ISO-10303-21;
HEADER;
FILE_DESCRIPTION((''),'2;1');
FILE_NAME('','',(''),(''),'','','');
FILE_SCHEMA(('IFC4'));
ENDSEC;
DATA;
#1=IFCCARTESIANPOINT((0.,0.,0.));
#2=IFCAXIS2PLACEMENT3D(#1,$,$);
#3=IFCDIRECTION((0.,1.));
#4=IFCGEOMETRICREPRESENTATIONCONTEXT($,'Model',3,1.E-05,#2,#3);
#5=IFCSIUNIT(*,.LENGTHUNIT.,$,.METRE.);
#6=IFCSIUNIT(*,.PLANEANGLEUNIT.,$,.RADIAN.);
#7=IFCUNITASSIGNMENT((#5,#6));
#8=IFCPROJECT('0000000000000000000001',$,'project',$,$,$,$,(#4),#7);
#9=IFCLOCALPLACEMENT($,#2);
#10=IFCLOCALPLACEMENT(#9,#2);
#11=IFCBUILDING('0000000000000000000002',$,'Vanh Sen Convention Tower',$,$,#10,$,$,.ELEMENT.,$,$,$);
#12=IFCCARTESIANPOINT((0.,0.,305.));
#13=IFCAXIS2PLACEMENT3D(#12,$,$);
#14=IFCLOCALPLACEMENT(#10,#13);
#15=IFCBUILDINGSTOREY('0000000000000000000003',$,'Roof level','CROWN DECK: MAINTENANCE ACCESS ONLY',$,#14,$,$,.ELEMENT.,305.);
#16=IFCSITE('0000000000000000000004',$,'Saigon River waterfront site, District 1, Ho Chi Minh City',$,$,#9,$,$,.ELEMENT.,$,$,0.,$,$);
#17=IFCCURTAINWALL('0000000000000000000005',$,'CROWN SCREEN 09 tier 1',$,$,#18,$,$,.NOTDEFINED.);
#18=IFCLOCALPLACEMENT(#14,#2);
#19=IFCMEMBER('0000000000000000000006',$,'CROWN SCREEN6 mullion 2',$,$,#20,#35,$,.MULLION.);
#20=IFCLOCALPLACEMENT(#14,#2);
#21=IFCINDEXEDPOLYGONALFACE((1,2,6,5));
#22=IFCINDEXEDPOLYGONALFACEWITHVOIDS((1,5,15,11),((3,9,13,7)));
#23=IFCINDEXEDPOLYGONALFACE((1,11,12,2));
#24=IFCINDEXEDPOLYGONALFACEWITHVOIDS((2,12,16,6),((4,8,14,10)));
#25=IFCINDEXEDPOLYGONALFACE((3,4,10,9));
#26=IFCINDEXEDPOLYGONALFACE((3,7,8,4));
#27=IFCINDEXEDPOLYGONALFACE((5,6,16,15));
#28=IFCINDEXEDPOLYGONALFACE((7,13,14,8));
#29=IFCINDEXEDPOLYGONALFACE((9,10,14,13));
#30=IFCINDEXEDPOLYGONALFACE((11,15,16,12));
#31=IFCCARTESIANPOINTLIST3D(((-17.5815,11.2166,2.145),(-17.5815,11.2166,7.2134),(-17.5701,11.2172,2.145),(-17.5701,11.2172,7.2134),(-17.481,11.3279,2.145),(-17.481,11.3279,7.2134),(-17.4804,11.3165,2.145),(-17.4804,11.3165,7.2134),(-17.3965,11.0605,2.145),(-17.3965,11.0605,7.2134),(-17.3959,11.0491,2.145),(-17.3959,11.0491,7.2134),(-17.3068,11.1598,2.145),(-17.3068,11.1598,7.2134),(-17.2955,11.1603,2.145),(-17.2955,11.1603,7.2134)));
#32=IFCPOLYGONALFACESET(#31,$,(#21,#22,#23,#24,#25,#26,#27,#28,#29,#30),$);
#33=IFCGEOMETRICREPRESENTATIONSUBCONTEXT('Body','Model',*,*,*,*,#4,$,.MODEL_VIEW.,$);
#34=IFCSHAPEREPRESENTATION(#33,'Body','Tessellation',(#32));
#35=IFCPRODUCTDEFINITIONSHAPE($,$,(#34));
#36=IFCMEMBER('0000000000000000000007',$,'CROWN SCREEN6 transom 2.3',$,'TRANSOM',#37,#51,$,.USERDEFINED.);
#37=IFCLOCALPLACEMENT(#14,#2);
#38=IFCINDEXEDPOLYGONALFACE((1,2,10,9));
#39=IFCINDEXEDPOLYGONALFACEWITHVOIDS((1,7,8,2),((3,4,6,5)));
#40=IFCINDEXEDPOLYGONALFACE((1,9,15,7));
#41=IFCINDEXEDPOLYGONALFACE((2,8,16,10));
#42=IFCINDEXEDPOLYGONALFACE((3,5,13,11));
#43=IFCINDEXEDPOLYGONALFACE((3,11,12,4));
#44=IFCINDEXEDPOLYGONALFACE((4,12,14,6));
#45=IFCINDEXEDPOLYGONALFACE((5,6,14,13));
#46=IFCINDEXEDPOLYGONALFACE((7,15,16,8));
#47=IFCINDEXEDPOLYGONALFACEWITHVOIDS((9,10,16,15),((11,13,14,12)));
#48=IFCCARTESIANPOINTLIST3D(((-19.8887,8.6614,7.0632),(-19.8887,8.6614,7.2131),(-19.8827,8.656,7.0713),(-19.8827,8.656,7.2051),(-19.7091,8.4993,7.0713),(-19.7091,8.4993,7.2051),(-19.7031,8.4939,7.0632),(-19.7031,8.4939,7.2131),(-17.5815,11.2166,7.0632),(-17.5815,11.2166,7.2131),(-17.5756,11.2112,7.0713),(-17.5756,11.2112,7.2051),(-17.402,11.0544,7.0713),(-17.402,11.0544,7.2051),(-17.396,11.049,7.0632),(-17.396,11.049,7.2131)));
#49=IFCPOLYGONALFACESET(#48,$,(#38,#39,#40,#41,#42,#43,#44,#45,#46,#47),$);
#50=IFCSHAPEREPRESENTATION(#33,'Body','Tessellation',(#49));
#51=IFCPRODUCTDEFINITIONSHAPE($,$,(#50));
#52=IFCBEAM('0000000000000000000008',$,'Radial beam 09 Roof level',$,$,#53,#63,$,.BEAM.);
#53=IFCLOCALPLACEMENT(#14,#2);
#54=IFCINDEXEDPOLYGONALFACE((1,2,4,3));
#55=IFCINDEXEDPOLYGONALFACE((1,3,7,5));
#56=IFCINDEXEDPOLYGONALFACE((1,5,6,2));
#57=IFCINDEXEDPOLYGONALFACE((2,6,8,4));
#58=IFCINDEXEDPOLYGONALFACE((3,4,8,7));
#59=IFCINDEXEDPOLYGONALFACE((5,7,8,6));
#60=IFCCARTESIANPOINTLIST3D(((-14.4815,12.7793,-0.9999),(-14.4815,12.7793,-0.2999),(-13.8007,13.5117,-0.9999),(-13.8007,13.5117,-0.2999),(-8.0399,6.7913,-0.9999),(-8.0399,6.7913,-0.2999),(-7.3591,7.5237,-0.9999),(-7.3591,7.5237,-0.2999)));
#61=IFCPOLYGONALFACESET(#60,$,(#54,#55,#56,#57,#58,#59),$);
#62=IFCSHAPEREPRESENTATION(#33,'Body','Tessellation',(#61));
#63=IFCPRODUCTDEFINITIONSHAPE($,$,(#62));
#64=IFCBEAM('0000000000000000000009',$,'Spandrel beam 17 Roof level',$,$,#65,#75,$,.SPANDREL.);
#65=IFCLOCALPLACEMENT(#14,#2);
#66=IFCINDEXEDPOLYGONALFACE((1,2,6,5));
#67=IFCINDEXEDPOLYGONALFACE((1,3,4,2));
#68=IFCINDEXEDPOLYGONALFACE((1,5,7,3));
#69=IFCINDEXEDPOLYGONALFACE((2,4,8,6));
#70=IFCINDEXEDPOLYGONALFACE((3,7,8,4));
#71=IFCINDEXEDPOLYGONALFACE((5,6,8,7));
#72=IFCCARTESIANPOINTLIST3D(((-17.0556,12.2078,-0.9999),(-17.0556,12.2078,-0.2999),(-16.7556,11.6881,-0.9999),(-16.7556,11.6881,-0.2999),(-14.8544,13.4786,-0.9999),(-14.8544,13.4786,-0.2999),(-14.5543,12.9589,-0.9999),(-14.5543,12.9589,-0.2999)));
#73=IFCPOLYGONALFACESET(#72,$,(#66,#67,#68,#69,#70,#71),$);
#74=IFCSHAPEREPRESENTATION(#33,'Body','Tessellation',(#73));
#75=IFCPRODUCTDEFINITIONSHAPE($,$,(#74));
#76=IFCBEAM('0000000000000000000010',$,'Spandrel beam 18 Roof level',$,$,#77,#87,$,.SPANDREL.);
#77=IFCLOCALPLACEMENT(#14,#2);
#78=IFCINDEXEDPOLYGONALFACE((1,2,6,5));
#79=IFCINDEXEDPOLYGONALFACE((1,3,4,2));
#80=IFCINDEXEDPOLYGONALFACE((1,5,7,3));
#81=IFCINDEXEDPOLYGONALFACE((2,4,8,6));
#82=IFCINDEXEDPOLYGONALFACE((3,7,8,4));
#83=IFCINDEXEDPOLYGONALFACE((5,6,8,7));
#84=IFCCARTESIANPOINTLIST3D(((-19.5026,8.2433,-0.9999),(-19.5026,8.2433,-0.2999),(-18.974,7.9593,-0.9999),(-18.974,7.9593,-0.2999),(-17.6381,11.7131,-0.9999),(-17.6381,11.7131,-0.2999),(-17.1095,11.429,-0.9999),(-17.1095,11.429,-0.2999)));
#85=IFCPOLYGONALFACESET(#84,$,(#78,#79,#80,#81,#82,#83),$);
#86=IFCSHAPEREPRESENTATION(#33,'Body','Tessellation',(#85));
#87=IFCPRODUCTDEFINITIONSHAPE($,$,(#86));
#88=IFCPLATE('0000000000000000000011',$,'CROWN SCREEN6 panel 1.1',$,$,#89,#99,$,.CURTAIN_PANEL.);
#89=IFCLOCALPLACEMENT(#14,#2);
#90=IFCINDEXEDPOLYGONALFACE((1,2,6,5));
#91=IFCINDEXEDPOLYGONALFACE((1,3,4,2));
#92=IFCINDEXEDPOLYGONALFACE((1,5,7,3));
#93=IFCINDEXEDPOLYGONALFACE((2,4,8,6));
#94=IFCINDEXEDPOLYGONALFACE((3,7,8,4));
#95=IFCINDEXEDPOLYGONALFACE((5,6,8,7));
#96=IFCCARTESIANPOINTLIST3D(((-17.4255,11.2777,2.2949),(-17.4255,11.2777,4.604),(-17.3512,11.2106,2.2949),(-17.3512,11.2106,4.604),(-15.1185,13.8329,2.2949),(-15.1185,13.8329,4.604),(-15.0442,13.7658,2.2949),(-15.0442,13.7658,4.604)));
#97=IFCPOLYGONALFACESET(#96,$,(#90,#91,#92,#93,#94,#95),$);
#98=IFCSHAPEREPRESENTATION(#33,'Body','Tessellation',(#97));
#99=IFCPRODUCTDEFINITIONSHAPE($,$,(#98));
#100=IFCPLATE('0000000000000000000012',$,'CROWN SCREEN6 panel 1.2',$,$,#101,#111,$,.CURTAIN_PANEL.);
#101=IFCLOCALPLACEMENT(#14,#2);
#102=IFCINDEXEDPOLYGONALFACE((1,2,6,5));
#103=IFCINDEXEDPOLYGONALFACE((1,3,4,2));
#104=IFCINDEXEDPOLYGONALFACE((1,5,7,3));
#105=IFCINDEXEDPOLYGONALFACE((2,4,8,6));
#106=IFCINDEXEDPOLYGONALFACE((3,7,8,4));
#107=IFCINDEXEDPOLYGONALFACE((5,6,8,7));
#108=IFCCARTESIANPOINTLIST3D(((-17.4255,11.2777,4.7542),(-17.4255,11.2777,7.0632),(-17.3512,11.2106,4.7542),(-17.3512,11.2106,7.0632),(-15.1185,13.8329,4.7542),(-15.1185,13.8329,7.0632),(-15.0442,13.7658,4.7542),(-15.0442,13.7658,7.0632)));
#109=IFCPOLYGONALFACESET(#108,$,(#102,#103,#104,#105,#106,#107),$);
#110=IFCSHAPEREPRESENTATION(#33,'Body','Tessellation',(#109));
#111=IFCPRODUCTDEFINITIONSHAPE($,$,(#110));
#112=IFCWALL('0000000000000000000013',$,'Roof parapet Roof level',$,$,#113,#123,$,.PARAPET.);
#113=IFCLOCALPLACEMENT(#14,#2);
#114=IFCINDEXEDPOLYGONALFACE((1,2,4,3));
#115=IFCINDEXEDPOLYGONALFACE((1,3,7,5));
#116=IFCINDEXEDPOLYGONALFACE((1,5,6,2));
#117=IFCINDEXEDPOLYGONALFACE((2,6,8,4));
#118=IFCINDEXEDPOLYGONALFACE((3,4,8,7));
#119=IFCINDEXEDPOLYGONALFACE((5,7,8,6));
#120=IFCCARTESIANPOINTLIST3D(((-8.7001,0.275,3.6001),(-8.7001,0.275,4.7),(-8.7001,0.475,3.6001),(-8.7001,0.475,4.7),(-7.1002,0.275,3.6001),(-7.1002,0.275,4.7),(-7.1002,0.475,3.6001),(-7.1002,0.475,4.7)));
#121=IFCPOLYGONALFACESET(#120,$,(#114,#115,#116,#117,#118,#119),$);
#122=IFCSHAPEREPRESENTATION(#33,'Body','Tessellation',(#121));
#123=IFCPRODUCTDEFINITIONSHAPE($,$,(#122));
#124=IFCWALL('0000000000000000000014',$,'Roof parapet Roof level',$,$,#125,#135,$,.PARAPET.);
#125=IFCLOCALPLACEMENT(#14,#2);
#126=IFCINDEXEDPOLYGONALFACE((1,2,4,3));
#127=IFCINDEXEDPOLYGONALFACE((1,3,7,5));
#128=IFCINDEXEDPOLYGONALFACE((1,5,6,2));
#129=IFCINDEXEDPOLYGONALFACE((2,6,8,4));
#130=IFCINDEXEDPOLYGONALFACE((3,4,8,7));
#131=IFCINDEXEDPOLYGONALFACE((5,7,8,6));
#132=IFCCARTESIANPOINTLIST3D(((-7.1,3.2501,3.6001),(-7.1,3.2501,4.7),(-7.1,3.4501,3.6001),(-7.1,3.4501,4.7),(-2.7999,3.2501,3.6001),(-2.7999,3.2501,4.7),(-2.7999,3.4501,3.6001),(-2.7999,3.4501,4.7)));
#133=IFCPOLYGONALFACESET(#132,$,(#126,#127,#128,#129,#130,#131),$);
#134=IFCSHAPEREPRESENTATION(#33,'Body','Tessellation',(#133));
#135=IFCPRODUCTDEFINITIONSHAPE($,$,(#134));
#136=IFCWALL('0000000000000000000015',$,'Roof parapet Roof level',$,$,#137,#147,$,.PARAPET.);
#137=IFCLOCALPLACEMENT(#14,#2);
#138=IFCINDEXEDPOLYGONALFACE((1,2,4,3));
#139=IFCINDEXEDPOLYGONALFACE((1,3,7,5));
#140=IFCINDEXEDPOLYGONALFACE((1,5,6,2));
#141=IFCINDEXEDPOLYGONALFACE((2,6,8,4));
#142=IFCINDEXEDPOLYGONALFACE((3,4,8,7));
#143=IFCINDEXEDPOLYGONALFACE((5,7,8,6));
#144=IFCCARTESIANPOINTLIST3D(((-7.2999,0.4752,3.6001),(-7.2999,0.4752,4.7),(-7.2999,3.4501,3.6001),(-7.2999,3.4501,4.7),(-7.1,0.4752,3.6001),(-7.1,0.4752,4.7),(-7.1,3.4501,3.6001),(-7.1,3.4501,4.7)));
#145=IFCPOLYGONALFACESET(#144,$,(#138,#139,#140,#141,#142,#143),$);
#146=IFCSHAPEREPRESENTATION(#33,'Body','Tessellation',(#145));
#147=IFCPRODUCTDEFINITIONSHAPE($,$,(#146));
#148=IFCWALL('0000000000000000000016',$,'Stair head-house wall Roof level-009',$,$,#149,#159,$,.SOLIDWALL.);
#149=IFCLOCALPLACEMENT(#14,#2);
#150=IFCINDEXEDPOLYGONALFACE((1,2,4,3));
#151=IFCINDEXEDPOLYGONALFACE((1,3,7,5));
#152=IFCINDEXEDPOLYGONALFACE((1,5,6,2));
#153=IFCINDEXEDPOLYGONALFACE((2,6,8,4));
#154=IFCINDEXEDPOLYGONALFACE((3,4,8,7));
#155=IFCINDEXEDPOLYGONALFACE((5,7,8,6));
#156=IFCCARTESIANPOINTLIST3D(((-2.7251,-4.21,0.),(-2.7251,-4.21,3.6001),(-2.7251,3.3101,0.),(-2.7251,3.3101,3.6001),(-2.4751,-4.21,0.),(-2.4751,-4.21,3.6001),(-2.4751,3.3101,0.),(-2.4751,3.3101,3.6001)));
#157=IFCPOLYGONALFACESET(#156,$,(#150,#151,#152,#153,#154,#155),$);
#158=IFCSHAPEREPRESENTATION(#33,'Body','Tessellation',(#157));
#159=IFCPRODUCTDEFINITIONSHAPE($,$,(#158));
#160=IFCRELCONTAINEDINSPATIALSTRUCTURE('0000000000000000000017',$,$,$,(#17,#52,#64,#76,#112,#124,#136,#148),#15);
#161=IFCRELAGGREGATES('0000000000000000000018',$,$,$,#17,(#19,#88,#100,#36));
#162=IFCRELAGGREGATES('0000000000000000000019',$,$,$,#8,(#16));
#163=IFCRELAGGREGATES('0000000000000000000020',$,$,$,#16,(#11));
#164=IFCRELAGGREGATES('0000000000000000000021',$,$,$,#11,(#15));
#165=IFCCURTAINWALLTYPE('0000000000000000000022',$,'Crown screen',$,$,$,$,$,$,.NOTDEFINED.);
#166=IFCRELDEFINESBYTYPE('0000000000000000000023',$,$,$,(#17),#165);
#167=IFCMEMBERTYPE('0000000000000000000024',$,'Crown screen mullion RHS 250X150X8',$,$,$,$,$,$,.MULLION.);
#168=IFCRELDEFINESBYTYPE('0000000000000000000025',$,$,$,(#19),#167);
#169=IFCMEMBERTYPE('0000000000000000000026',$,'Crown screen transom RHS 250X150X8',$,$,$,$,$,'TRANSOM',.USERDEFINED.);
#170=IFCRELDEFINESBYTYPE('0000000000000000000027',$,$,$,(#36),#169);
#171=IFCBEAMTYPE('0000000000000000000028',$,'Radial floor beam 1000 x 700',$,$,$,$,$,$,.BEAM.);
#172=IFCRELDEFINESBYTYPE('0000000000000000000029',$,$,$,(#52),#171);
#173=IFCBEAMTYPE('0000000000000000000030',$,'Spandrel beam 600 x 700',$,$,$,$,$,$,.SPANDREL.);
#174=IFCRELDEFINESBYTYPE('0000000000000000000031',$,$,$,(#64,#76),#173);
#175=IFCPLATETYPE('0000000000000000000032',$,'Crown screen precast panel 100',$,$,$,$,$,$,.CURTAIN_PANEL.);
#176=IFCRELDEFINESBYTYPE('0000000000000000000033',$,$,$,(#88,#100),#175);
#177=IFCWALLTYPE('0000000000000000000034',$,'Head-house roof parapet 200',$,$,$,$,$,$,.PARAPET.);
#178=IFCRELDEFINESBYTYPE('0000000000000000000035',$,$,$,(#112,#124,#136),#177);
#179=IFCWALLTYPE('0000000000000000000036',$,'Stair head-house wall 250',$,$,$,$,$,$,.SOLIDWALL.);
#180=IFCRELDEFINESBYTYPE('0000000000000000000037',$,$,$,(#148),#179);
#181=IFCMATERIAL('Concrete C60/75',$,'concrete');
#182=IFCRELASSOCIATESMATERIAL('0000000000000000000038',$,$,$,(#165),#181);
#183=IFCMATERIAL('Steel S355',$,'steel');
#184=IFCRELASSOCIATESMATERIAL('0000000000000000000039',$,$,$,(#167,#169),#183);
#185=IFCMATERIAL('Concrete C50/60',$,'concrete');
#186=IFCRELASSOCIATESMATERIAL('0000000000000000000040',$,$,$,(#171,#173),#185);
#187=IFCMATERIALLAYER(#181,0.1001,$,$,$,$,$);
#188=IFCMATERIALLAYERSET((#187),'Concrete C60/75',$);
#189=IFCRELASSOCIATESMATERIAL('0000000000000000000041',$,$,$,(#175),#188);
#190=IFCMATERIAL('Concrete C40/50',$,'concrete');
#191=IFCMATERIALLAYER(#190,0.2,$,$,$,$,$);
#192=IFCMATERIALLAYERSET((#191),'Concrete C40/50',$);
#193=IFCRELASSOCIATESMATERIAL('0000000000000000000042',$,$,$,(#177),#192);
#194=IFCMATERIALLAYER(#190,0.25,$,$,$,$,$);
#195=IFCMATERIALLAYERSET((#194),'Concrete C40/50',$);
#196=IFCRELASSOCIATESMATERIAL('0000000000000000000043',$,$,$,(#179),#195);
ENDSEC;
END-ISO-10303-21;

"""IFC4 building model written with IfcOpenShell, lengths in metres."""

from ifc_helpers import new_model, si_unit, direction, frame, frame_2d, origin, origin_2d, place, context, subcontext, project, spatial, rectangle, hollow_rectangle, extrude, material, layer, layer_set, material_profile, profile_set, type_object, element, aggregate, save


model = new_model("IFC4")

# Units and contexts
model_context = context("Model", 3, precision=1e-05, world=origin(), true_north=direction((0.0, 1.0)))
body_context = subcontext(model_context, "Body", "Model", "MODEL_VIEW")
ifc_project = project(units=[si_unit("LENGTHUNIT", "METRE"), si_unit("PLANEANGLEUNIT", "RADIAN")], contexts=[model_context])

# Site, building, storey
site_placement = place(None, origin())
site = spatial("IfcSite", under=ifc_project, at=site_placement, Name="Saigon River waterfront site, District 1, Ho Chi Minh City", CompositionType="ELEMENT", RefElevation=0.0)
building_placement = place(site_placement, origin())
building = spatial("IfcBuilding", under=site, at=building_placement, Name="Vanh Sen Convention Tower", CompositionType="ELEMENT")
storey_placement = place(building_placement, frame((0.0, 0.0, 305.0)))
storey = spatial("IfcBuildingStorey", under=building, at=storey_placement, Name="Roof level", Description="CROWN DECK: MAINTENANCE ACCESS ONLY", CompositionType="ELEMENT", Elevation=305.0)

# Curtain wall, members
ifc_material_1 = material(Name="Concrete C60/75", Category="concrete")
curtain_wall_type = type_object("IfcCurtainWallType", Name="Crown screen", PredefinedType="NOTDEFINED", material=ifc_material_1)
curtain_wall_placement = place(storey_placement, origin())
curtain_wall = element("IfcCurtainWall", 1, at=curtain_wall_placement, inside=storey, type_object=curtain_wall_type, Name="CROWN SCREEN 09 tier 1", PredefinedType="NOTDEFINED")
ifc_material_2 = material(Name="Steel S355", Category="steel")
ifc_material_profile_1 = material_profile(ifc_material_2, hollow_rectangle(XDim=0.25, YDim=0.1499, WallThickness=0.0081, at=origin_2d()), Name="RHS 250X150X8")
ifc_profile_set_1 = profile_set([ifc_material_profile_1], Name="Steel S355")
member_type_1 = type_object("IfcMemberType", Name="Crown screen mullion RHS 250X150X8", PredefinedType="MULLION", material=ifc_profile_set_1)
member_1_placement = place(storey_placement, frame((-17.4385, 11.1885, 2.145), z_axis=(0.0, 0.0, 1.0), x_axis=(0.742232, -0.670143, 0.0)))
member_1 = element("IfcMember", 2, at=member_1_placement, type_object=member_type_1, Name="CROWN SCREEN6 mullion 2", PredefinedType="MULLION", context=body_context, shape_type="SweptSolid", body=[
    extrude(hollow_rectangle(XDim=0.25, YDim=0.1499, WallThickness=0.0081, at=origin_2d()), origin(), (0.0, 0.0, 1.0), 5.0684),
])
ifc_material_profile_2 = material_profile(ifc_material_2, hollow_rectangle(XDim=0.25, YDim=0.1499, WallThickness=0.0081, at=origin_2d()), Name="RHS 250X150X8")
ifc_profile_set_2 = profile_set([ifc_material_profile_2], Name="Steel S355")
member_type_2 = type_object("IfcMemberType", Name="Crown screen transom RHS 250X150X8", ElementType="TRANSOM", PredefinedType="USERDEFINED", material=ifc_profile_set_2)
member_2_placement = place(storey_placement, frame((-17.4888, 11.1328, 7.1382), z_axis=(-0.670163, -0.742214, 0.0), x_axis=(0.742214, -0.670163, 0.0)))
member_2 = element("IfcMember", 3, at=member_2_placement, type_object=member_type_2, Name="CROWN SCREEN6 transom 2.3", ObjectType="TRANSOM", PredefinedType="USERDEFINED", context=body_context, shape_type="SweptSolid", body=[
    extrude(hollow_rectangle(XDim=0.25, YDim=0.1499, WallThickness=0.0081, at=origin_2d()), origin(), (0.0, 0.0, 1.0), 3.4426),
])

# Beams
ifc_material_3 = material(Name="Concrete C50/60", Category="concrete")
ifc_material_profile_3 = material_profile(ifc_material_3, rectangle(XDim=1.0, YDim=0.7, at=origin_2d()), Name="RC 1000X700")
ifc_profile_set_3 = profile_set([ifc_material_profile_3], Name="Concrete C50/60")
beam_type_1 = type_object("IfcBeamType", Name="Radial floor beam 1000 x 700", PredefinedType="BEAM", material=ifc_profile_set_3)
beam_1_placement = place(storey_placement, frame((-14.1411, 13.1455, -0.6499), z_axis=(0.732425, -0.680848, 0.0), x_axis=(0.680848, 0.732425, 0.0)))
element("IfcBeam", 4, at=beam_1_placement, inside=storey, type_object=beam_type_1, Name="Radial beam 09 Roof level", PredefinedType="BEAM", context=body_context, shape_type="SweptSolid", body=[
    extrude(rectangle(XDim=1.0, YDim=0.7, at=origin_2d()), origin(), (0.0, 0.0, 1.0), 8.7949),
])
ifc_material_profile_4 = material_profile(ifc_material_3, rectangle(XDim=0.6001, YDim=0.7, at=origin_2d()), Name="RC 600X700")
ifc_profile_set_4 = profile_set([ifc_material_profile_4], Name="Concrete C50/60")
beam_type_2 = type_object("IfcBeamType", Name="Spandrel beam 600 x 700", PredefinedType="SPANDREL", material=ifc_profile_set_4)
beam_2_placement = place(storey_placement, frame((-14.7043, 13.2188, -0.6499), z_axis=(-0.866042, -0.499972, 0.0), x_axis=(0.499972, -0.866042, 0.0)))
element("IfcBeam", 5, at=beam_2_placement, inside=storey, type_object=beam_type_2, Name="Spandrel beam 17 Roof level", PredefinedType="SPANDREL", context=body_context, shape_type="SweptSolid", body=[
    extrude(rectangle(XDim=0.6001, YDim=0.7, at=origin_2d()), origin(), (0.0, 0.0, 1.0), 2.5417),
])
beam_3_placement = place(storey_placement, frame((-17.3738, 11.571, -0.6499), z_axis=(-0.473349, -0.880875, 0.0), x_axis=(0.880875, -0.473349, 0.0)))
element("IfcBeam", 6, at=beam_3_placement, inside=storey, type_object=beam_type_2, Name="Spandrel beam 18 Roof level", PredefinedType="SPANDREL", context=body_context, shape_type="SweptSolid", body=[
    extrude(rectangle(XDim=0.6001, YDim=0.7, at=origin_2d()), origin(), (0.0, 0.0, 1.0), 3.939),
])

# Plates
ifc_layer_1 = layer(ifc_material_1, 0.1001)
ifc_layer_set_1 = layer_set([ifc_layer_1], Name="Concrete C60/75")
plate_type = type_object("IfcPlateType", Name="Crown screen precast panel 100", PredefinedType="CURTAIN_PANEL", material=ifc_layer_set_1)
plate_1_placement = place(storey_placement, frame((-16.2349, 12.5217, 2.2949), z_axis=(0.0, 0.0, 1.0), x_axis=(-0.670143, -0.742232, 0.0)))
plate_1 = element("IfcPlate", 7, at=plate_1_placement, type_object=plate_type, Name="CROWN SCREEN6 panel 1.1", PredefinedType="CURTAIN_PANEL", context=body_context, shape_type="SweptSolid", body=[
    extrude(rectangle(XDim=3.4426, YDim=0.1001, at=origin_2d()), origin(), (0.0, 0.0, 1.0), 2.3091),
])
plate_2_placement = place(storey_placement, frame((-16.2349, 12.5217, 4.7542), z_axis=(0.0, 0.0, 1.0), x_axis=(-0.670143, -0.742232, 0.0)))
plate_2 = element("IfcPlate", 8, at=plate_2_placement, type_object=plate_type, Name="CROWN SCREEN6 panel 1.2", PredefinedType="CURTAIN_PANEL", context=body_context, shape_type="SweptSolid", body=[
    extrude(rectangle(XDim=3.4426, YDim=0.1001, at=origin_2d()), origin(), (0.0, 0.0, 1.0), 2.3091),
])
aggregate(curtain_wall, [member_1, plate_1, plate_2, member_2])

# Walls
ifc_material_4 = material(Name="Concrete C40/50", Category="concrete")
ifc_layer_2 = layer(ifc_material_4, 0.2)
ifc_layer_set_2 = layer_set([ifc_layer_2], Name="Concrete C40/50")
wall_type_1 = type_object("IfcWallType", Name="Head-house roof parapet 200", PredefinedType="PARAPET", material=ifc_layer_set_2)
wall_1_placement = place(storey_placement, frame((-8.7, 0.375, 3.6001), z_axis=(0.0, 0.0, 1.0), x_axis=(1.0, 0.0, 0.0)))
element("IfcWall", 9, at=wall_1_placement, inside=storey, type_object=wall_type_1, Name="Roof parapet Roof level", PredefinedType="PARAPET", context=body_context, shape_type="SweptSolid", body=[
    extrude(rectangle(XDim=1.5999, YDim=0.2, at=frame_2d((0.7998, 0.0))), origin(), (0.0, 0.0, 1.0), 1.0999),
])
wall_2_placement = place(storey_placement, frame((-2.8, 3.3501, 3.6001), z_axis=(0.0, 0.0, 1.0), x_axis=(-1.0, 0.0, 0.0)))
element("IfcWall", 10, at=wall_2_placement, inside=storey, type_object=wall_type_1, Name="Roof parapet Roof level", PredefinedType="PARAPET", context=body_context, shape_type="SweptSolid", body=[
    extrude(rectangle(XDim=4.3, YDim=0.2, at=frame_2d((2.1499, 0.0))), origin(), (0.0, 0.0, 1.0), 1.0999),
])
wall_3_placement = place(storey_placement, frame((-7.2, 3.45, 3.6001), z_axis=(0.0, 0.0, 1.0), x_axis=(0.0, -1.0, 0.0)))
element("IfcWall", 11, at=wall_3_placement, inside=storey, type_object=wall_type_1, Name="Roof parapet Roof level", PredefinedType="PARAPET", context=body_context, shape_type="SweptSolid", body=[
    extrude(rectangle(XDim=2.9749, YDim=0.2, at=frame_2d((1.4873, 0.0))), origin(), (0.0, 0.0, 1.0), 1.0999),
])
ifc_layer_3 = layer(ifc_material_4, 0.25)
ifc_layer_set_3 = layer_set([ifc_layer_3], Name="Concrete C40/50")
wall_type_2 = type_object("IfcWallType", Name="Stair head-house wall 250", PredefinedType="SOLIDWALL", material=ifc_layer_set_3)
wall_4_placement = place(storey_placement, frame((-2.6001, 3.3101, 0.0), z_axis=(0.0, 0.0, 1.0), x_axis=(0.0, -1.0, 0.0)))
element("IfcWall", 12, at=wall_4_placement, inside=storey, type_object=wall_type_2, Name="Stair head-house wall Roof level-009", PredefinedType="SOLIDWALL", context=body_context, shape_type="SweptSolid", body=[
    extrude(rectangle(XDim=7.52, YDim=0.25, at=frame_2d((3.76, 0.0))), origin(), (0.0, 0.0, 1.0), 3.6001),
])

save(model, "model.ifc")
